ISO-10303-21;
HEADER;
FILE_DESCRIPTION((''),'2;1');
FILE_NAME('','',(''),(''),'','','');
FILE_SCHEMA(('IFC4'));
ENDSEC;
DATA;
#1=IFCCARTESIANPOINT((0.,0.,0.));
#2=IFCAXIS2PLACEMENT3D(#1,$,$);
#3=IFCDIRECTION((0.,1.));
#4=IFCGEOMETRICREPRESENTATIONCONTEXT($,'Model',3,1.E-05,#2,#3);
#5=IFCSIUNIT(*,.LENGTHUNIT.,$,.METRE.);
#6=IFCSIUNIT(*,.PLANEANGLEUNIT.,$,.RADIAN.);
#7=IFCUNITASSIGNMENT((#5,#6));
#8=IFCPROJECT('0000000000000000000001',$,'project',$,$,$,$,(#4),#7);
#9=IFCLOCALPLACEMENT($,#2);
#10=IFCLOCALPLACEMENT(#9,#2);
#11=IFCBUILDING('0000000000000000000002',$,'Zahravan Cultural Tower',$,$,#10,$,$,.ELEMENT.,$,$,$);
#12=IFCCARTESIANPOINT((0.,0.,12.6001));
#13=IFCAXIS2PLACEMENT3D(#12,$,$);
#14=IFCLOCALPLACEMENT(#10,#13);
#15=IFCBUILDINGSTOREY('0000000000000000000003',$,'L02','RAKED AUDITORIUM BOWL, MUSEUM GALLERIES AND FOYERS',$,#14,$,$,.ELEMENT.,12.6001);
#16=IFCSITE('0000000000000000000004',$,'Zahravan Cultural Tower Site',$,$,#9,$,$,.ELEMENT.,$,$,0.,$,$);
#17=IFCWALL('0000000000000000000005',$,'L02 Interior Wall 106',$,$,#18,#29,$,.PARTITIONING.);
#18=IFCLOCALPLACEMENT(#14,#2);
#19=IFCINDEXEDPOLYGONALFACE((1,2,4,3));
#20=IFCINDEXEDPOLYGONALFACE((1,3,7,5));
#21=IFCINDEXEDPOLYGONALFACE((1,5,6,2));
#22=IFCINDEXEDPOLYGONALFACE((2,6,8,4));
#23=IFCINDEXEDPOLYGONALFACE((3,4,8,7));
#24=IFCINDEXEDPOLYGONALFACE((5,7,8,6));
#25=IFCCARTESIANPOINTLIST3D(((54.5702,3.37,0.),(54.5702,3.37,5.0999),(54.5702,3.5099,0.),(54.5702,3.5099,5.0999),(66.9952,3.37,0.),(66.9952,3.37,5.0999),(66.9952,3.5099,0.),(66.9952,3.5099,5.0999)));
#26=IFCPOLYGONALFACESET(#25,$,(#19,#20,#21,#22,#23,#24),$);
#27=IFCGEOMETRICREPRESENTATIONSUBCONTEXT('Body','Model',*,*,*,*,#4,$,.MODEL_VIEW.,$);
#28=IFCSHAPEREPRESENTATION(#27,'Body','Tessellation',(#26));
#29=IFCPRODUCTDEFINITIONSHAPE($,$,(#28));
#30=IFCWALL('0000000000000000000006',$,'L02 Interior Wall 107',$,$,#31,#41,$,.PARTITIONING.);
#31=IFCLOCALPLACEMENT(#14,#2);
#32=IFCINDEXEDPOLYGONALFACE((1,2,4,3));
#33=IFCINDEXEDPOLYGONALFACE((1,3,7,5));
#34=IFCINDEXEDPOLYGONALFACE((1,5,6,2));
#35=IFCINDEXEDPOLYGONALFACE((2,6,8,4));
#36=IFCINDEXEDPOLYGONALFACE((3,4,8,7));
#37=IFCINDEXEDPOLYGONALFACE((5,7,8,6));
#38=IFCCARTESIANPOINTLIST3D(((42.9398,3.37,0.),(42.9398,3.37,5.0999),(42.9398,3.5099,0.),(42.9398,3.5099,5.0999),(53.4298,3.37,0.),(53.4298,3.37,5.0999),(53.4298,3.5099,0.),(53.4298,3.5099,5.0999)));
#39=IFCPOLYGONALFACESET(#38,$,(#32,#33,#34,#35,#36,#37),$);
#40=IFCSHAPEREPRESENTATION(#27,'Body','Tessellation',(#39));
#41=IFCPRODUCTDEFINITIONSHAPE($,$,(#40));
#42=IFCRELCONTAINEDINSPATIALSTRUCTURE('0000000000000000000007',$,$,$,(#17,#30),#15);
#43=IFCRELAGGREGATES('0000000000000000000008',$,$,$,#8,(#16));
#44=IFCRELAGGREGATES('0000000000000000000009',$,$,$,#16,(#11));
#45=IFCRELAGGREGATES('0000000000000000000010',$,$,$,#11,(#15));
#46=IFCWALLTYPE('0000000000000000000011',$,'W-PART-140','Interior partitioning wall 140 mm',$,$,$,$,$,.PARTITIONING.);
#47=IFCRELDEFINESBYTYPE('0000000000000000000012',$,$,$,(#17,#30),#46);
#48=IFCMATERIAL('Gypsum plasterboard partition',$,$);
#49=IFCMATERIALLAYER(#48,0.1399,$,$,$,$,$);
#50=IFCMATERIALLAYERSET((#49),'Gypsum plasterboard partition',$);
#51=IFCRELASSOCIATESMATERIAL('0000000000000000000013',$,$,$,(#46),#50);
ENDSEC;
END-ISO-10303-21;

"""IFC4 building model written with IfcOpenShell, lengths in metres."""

from ifc_helpers import new_model, si_unit, direction, frame, frame_2d, origin, place, context, subcontext, project, spatial, rectangle, extrude, source, transform, mapped, material, layer, layer_set, type_object, element, save


model = new_model("IFC4")

# Units and contexts
model_context = context("Model", 3, precision=1e-05, world=origin(), true_north=direction((0.0, 1.0)))
body_context = subcontext(model_context, "Body", "Model", "MODEL_VIEW")
ifc_project = project(units=[si_unit("LENGTHUNIT", "METRE"), si_unit("PLANEANGLEUNIT", "RADIAN")], contexts=[model_context])

# Site, building, storey
site_placement = place(None, origin())
site = spatial("IfcSite", under=ifc_project, at=site_placement, Name="Zahravan Cultural Tower Site", CompositionType="ELEMENT", RefElevation=0.0)
building_placement = place(site_placement, origin())
building = spatial("IfcBuilding", under=site, at=building_placement, Name="Zahravan Cultural Tower", CompositionType="ELEMENT")
storey_placement = place(building_placement, frame((0.0, 0.0, 12.6001)))
storey = spatial("IfcBuildingStorey", under=building, at=storey_placement, Name="L02", Description="RAKED AUDITORIUM BOWL, MUSEUM GALLERIES AND FOYERS", CompositionType="ELEMENT", Elevation=12.6001)

# Walls
ifc_material_1 = material(Name="Gypsum plasterboard partition")
ifc_layer_1 = layer(ifc_material_1, 0.1399)
ifc_layer_set_1 = layer_set([ifc_layer_1], Name="Gypsum plasterboard partition")
wall_type_1 = type_object("IfcWallType", Name="W-PART-140", Description="Interior partitioning wall 140 mm", PredefinedType="PARTITIONING", material=ifc_layer_set_1)
shared_shape_1 = source(origin(), body_context, "Body", "SweptSolid", [
    extrude(rectangle(XDim=12.425, YDim=0.1399, at=frame_2d((6.2124, 0.0))), origin(), (0.0, 0.0, 1.0), 5.0999),
])
wall_1_placement = place(storey_placement, frame((66.9951, 3.4399, 0.0), z_axis=(0.0, 0.0, 1.0), x_axis=(-1.0, 0.0, 0.0)))
element("IfcWall", 1, at=wall_1_placement, inside=storey, type_object=wall_type_1, Name="L02 Interior Wall 106", PredefinedType="PARTITIONING", context=body_context, shape_type="MappedRepresentation", body=[
    mapped(shared_shape_1, transform((0.0, 0.0, 0.0), x_axis=(1.0, 0.0, 0.0), y_axis=(0.0, 1.0, 0.0), z_axis=(0.0, 0.0, 1.0), scale=1.0)),
])
shared_shape_2 = source(origin(), body_context, "Body", "SweptSolid", [
    extrude(rectangle(XDim=10.49, YDim=0.1399, at=frame_2d((5.2451, 0.0))), origin(), (0.0, 0.0, 1.0), 5.0999),
])
wall_2_placement = place(storey_placement, frame((53.4299, 3.4399, 0.0), z_axis=(0.0, 0.0, 1.0), x_axis=(-1.0, 0.0, 0.0)))
element("IfcWall", 2, at=wall_2_placement, inside=storey, type_object=wall_type_1, Name="L02 Interior Wall 107", PredefinedType="PARTITIONING", context=body_context, shape_type="MappedRepresentation", body=[
    mapped(shared_shape_2, transform((0.0, 0.0, 0.0), x_axis=(1.0, 0.0, 0.0), y_axis=(0.0, 1.0, 0.0), z_axis=(0.0, 0.0, 1.0), scale=1.0)),
])

save(model, "model.ifc")
